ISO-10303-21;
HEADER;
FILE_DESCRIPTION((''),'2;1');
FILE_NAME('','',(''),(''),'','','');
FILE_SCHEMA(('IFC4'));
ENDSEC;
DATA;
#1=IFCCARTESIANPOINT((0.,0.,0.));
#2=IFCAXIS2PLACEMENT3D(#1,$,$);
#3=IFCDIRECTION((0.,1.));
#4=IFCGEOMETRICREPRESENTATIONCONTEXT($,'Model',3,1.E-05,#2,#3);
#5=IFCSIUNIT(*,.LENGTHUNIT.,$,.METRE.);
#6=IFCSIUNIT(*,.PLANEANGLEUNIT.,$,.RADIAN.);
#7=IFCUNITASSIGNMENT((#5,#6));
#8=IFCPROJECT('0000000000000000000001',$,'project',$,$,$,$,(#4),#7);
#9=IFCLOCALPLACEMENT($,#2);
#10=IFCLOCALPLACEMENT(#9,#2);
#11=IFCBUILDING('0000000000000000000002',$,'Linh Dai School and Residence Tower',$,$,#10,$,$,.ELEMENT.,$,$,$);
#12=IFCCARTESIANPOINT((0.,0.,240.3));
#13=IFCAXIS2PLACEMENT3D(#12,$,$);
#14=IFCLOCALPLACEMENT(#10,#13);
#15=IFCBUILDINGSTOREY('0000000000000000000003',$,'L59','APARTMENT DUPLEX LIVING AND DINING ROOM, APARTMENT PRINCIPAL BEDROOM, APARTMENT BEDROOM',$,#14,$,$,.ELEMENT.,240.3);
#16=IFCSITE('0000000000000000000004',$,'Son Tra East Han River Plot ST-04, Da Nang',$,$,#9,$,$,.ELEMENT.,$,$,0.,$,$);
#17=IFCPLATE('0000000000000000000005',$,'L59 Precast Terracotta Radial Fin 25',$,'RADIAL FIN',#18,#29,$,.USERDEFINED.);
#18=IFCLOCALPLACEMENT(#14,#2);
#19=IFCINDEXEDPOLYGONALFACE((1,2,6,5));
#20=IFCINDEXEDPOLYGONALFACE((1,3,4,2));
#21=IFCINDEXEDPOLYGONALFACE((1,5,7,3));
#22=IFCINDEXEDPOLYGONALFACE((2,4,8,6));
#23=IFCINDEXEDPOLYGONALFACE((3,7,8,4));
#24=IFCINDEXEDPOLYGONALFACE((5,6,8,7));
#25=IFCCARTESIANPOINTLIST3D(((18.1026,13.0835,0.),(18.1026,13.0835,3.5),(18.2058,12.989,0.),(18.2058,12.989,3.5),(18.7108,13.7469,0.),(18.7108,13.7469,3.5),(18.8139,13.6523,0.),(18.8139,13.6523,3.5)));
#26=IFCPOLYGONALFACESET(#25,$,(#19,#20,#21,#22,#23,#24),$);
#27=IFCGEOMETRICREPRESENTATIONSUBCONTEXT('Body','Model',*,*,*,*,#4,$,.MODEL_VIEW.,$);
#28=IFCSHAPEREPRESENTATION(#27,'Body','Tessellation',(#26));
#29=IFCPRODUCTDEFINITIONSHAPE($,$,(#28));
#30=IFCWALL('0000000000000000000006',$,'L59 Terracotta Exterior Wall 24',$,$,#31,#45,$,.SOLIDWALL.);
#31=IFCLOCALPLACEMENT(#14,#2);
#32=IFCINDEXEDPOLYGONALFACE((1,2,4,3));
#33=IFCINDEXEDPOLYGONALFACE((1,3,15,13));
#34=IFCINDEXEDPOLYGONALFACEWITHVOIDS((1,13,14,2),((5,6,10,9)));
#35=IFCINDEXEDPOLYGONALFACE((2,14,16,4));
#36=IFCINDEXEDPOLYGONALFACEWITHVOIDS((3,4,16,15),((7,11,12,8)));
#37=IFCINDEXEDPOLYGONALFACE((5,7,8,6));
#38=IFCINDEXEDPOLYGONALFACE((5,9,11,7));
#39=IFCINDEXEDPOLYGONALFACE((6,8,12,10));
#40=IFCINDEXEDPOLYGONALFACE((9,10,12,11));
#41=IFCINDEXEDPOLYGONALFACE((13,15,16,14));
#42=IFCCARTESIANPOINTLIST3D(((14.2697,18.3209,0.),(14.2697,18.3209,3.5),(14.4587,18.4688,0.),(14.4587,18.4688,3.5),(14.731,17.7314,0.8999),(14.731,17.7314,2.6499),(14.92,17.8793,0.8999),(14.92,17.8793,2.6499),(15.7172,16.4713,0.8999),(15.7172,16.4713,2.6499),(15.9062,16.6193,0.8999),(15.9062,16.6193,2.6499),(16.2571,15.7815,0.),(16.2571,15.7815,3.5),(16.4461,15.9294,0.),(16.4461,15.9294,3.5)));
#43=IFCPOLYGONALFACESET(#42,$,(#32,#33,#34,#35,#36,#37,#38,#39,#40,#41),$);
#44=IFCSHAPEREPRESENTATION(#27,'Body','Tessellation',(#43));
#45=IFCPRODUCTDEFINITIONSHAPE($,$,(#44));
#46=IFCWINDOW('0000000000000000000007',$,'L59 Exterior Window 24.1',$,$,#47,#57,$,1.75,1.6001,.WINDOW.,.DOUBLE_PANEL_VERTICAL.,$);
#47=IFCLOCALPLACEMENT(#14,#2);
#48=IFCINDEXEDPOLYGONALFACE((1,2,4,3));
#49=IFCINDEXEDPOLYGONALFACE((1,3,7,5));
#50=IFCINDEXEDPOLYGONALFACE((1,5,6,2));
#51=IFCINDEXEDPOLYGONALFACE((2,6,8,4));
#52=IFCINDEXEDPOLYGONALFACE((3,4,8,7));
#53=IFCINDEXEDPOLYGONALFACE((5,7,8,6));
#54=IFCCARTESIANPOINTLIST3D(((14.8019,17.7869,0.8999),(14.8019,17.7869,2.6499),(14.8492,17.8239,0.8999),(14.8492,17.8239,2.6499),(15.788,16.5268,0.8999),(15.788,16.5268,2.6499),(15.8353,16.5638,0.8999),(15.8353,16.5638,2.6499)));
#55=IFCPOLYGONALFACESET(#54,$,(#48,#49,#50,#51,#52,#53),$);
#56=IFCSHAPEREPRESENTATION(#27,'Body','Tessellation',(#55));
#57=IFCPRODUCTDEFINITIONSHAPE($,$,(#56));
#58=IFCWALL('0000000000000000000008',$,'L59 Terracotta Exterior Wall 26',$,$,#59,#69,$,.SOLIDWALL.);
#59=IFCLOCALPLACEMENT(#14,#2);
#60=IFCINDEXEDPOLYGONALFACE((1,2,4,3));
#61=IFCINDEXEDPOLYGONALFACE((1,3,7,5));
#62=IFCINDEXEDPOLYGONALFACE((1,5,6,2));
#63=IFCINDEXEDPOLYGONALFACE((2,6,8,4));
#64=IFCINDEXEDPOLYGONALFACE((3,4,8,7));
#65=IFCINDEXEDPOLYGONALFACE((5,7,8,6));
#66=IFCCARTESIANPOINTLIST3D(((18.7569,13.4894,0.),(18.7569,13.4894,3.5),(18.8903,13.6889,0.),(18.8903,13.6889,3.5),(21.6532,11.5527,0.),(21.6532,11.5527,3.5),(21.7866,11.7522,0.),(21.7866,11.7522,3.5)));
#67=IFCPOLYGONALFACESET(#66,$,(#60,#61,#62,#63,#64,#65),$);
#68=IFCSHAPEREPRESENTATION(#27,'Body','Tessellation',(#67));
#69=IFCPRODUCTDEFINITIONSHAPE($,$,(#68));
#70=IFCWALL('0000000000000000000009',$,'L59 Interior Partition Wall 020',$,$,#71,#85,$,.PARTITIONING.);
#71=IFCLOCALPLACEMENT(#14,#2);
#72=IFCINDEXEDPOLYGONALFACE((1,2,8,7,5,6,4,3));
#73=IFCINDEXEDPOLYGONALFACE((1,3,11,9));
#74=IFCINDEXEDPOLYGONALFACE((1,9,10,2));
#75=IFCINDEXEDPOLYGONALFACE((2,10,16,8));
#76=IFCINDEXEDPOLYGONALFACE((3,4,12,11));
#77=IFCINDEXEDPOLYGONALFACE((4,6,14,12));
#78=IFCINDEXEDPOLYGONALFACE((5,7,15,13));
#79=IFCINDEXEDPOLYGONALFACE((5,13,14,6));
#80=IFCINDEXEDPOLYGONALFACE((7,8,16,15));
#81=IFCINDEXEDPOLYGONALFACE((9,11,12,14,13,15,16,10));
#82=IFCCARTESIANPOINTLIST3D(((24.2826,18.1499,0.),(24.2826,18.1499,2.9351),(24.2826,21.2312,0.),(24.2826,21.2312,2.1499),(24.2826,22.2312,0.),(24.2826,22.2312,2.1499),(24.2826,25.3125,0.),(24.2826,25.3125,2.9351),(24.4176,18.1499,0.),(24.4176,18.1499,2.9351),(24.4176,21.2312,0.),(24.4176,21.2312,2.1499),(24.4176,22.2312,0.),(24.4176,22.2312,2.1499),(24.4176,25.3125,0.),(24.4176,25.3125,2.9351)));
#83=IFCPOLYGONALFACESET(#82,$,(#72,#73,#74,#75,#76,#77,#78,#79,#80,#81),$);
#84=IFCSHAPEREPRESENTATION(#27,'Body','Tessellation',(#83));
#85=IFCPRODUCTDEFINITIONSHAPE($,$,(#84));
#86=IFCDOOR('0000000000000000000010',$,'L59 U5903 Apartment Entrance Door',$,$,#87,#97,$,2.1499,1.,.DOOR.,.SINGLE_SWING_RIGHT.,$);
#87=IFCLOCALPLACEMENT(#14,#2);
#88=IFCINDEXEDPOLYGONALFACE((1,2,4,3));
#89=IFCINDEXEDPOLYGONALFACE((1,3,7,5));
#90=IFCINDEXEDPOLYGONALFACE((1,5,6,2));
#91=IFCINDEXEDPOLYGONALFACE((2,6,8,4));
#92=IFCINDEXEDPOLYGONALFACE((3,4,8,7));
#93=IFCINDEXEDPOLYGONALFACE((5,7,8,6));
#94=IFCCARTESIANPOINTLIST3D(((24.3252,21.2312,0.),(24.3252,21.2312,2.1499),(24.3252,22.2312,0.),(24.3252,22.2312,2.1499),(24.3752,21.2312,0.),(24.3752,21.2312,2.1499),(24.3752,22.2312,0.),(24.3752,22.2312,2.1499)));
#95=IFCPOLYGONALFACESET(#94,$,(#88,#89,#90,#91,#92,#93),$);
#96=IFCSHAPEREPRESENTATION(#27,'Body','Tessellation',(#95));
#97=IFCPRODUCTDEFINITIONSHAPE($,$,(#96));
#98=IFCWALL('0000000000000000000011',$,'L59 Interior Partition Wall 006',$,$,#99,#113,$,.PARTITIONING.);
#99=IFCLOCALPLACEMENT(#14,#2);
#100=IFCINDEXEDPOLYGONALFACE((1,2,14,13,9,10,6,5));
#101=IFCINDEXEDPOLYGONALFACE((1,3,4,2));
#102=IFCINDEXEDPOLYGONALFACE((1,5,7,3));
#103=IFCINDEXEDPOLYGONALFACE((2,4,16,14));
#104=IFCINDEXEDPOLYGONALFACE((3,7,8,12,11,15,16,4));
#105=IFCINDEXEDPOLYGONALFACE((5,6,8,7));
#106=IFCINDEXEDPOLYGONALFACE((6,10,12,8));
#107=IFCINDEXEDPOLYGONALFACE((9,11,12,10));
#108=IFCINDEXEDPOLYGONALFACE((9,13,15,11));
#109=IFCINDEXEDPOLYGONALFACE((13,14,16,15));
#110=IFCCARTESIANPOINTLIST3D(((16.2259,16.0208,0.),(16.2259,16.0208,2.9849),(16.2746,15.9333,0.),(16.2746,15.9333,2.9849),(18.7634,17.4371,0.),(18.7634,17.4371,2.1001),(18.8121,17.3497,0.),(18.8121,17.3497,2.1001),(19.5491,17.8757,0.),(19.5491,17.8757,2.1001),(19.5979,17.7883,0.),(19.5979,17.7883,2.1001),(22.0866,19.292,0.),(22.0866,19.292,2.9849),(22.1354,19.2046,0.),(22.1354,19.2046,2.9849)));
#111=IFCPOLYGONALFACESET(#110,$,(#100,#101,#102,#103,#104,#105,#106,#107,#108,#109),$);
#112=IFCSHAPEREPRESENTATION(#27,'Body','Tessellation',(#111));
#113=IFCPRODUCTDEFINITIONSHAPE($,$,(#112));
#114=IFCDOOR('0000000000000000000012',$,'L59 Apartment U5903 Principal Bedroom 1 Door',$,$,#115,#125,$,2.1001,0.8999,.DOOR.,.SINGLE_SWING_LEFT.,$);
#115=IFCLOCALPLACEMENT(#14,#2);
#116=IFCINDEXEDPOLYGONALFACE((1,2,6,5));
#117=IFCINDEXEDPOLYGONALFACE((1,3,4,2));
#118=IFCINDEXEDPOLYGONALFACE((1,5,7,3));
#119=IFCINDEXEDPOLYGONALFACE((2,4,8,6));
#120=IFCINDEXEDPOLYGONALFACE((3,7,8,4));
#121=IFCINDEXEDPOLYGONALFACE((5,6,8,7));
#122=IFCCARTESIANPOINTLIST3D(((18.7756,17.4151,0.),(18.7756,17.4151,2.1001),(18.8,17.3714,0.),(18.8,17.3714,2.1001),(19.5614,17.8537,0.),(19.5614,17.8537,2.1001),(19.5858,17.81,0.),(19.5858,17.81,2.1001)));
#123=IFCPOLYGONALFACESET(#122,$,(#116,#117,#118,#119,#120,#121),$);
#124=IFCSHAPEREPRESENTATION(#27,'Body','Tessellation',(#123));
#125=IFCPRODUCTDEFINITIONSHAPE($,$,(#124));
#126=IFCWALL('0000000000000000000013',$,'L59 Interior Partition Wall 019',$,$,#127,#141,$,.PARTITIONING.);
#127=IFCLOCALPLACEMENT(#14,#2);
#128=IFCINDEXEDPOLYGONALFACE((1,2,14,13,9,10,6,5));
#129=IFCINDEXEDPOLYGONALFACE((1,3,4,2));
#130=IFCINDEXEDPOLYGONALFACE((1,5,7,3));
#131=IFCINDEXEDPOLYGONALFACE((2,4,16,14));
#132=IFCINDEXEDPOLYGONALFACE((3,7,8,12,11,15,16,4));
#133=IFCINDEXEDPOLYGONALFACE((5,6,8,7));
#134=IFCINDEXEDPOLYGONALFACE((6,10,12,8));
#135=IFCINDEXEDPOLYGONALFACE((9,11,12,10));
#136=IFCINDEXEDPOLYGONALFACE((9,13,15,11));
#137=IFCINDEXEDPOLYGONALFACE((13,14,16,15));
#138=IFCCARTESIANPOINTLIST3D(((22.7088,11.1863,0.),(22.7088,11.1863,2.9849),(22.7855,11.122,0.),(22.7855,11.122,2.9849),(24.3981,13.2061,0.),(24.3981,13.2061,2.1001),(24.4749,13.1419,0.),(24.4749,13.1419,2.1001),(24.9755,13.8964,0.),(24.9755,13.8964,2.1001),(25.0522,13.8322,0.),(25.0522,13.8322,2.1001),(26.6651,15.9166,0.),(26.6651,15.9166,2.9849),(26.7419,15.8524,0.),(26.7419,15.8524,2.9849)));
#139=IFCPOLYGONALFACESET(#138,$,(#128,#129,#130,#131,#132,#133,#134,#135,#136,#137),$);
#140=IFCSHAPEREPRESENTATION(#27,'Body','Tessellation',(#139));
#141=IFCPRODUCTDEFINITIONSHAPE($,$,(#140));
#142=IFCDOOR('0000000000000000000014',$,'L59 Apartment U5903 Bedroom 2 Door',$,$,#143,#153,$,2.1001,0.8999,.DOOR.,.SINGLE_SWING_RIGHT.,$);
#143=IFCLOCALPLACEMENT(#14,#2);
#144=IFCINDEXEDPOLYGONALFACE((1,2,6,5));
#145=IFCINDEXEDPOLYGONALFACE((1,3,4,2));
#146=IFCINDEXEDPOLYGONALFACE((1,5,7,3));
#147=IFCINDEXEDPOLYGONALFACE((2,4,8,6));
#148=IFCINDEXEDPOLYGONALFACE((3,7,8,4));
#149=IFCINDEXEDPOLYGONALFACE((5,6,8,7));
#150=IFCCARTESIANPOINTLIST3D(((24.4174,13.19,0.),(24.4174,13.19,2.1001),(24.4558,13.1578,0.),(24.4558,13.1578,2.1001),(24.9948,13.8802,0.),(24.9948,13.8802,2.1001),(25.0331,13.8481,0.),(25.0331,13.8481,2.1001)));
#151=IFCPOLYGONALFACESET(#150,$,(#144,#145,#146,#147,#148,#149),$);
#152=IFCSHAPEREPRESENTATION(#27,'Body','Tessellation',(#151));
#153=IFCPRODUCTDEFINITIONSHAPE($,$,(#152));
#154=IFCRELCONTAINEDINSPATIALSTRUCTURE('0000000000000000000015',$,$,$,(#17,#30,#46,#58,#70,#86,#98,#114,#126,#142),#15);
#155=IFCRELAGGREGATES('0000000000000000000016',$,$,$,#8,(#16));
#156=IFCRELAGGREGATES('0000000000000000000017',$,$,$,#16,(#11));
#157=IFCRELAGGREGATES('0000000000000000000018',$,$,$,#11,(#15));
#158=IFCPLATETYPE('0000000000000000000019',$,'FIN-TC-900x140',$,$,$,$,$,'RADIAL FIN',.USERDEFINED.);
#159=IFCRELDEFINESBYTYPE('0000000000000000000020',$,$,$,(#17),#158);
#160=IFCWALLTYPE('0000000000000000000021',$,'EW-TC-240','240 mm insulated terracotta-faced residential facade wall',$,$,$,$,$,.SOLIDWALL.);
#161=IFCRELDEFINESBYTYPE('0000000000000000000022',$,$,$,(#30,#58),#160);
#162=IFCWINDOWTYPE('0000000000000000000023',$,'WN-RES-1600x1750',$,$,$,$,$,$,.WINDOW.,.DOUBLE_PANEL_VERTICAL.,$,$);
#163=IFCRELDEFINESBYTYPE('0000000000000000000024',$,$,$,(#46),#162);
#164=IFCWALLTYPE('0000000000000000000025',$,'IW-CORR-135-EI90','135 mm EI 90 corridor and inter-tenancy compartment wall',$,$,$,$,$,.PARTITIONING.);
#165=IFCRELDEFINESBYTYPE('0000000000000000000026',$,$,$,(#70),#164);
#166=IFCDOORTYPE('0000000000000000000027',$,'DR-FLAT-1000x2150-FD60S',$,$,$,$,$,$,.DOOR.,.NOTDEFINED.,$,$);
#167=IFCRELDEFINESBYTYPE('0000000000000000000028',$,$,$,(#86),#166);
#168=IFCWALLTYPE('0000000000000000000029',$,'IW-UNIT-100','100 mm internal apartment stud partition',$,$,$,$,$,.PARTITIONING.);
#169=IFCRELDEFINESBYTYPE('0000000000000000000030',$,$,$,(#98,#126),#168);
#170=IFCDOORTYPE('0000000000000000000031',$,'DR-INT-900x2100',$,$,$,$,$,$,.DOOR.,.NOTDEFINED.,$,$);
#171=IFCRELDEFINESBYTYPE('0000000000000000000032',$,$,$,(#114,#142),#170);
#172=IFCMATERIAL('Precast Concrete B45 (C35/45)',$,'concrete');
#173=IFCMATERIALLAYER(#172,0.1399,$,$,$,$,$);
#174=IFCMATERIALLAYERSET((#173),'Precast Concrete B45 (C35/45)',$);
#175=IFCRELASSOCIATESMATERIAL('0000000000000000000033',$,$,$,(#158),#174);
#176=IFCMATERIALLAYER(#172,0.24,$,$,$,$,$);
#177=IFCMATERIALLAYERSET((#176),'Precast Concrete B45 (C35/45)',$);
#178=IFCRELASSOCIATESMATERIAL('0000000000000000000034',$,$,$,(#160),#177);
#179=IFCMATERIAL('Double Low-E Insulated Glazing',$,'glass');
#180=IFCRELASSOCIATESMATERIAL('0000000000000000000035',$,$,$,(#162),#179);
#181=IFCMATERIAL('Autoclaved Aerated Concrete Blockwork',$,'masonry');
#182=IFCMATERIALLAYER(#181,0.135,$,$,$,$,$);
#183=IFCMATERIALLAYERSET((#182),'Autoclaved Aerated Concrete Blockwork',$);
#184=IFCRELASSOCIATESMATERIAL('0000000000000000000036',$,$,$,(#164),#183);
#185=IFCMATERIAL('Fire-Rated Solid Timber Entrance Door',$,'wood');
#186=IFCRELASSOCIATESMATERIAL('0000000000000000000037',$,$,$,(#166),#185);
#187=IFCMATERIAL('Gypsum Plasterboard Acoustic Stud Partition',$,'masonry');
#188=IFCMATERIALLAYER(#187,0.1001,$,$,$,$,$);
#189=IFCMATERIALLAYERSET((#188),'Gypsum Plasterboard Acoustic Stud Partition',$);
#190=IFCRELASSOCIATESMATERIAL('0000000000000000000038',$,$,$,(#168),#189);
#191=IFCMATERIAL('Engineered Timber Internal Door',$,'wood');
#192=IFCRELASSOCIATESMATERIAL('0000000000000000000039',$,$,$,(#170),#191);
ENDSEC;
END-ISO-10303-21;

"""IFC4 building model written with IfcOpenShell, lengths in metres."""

from ifc_helpers import new_model, si_unit, direction, frame, frame_2d, origin, origin_2d, place, context, subcontext, project, spatial, rectangle, extrude, source, transform, mapped, material, layer, layer_set, type_object, element, fill, save


model = new_model("IFC4")

# Units and contexts
model_context = context("Model", 3, precision=1e-05, world=origin(), true_north=direction((0.0, 1.0)))
body_context = subcontext(model_context, "Body", "Model", "MODEL_VIEW")
ifc_project = project(units=[si_unit("LENGTHUNIT", "METRE"), si_unit("PLANEANGLEUNIT", "RADIAN")], contexts=[model_context])

# Site, building, storey
site_placement = place(None, origin())
site = spatial("IfcSite", under=ifc_project, at=site_placement, Name="Son Tra East Han River Plot ST-04, Da Nang", CompositionType="ELEMENT", RefElevation=0.0)
building_placement = place(site_placement, origin())
building = spatial("IfcBuilding", under=site, at=building_placement, Name="Linh Dai School and Residence Tower", CompositionType="ELEMENT")
storey_placement = place(building_placement, frame((0.0, 0.0, 240.3)))
storey = spatial("IfcBuildingStorey", under=building, at=storey_placement, Name="L59", Description="APARTMENT DUPLEX LIVING AND DINING ROOM, APARTMENT PRINCIPAL BEDROOM, APARTMENT BEDROOM", CompositionType="ELEMENT", Elevation=240.3)

# Plate
ifc_material_1 = material(Name="Precast Concrete B45 (C35/45)", Category="concrete")
ifc_layer_1 = layer(ifc_material_1, 0.1399)
ifc_layer_set_1 = layer_set([ifc_layer_1], Name="Precast Concrete B45 (C35/45)")
plate_type = type_object("IfcPlateType", Name="FIN-TC-900x140", ElementType="RADIAL FIN", PredefinedType="USERDEFINED", material=ifc_layer_set_1)
shared_shape_1 = source(origin(), body_context, "Body", "SweptSolid", [
    extrude(rectangle(XDim=0.8999, YDim=0.1399, at=origin_2d()), origin(), (0.0, 0.0, 1.0), 3.5),
])
plate_placement = place(storey_placement, frame((18.4583, 13.3679, 0.0), z_axis=(0.0, 0.0, 1.0), x_axis=(-0.675756, -0.737125, 0.0)))
element("IfcPlate", 1, at=plate_placement, inside=storey, type_object=plate_type, Name="L59 Precast Terracotta Radial Fin 25", ObjectType="RADIAL FIN", PredefinedType="USERDEFINED", context=body_context, shape_type="MappedRepresentation", body=[
    mapped(shared_shape_1, transform((0.0, 0.0, 0.0), x_axis=(1.0, 0.0, 0.0), y_axis=(0.0, 1.0, 0.0), z_axis=(0.0, 0.0, 1.0), scale=1.0)),
])

# Wall, opening, window
ifc_layer_2 = layer(ifc_material_1, 0.24)
ifc_layer_set_2 = layer_set([ifc_layer_2], Name="Precast Concrete B45 (C35/45)")
wall_type_1 = type_object("IfcWallType", Name="EW-TC-240", Description="240 mm insulated terracotta-faced residential facade wall", PredefinedType="SOLIDWALL", material=ifc_layer_set_2)
wall_1_placement = place(storey_placement, frame((16.3516, 15.8555, 0.0), z_axis=(0.0, 0.0, 1.0), x_axis=(-0.616312, 0.787502, 0.0)))
wall_1 = element("IfcWall", 2, at=wall_1_placement, inside=storey, type_object=wall_type_1, Name="L59 Terracotta Exterior Wall 24", PredefinedType="SOLIDWALL", context=body_context, shape_type="SweptSolid", body=[
    extrude(rectangle(XDim=3.2246, YDim=0.24, at=frame_2d((1.6123, 0.0))), origin(), (0.0, 0.0, 1.0), 3.5),
])
opening_1_placement = place(wall_1_placement, frame((0.876, 0.0, 0.8999)))
opening_1 = element("IfcOpeningElement", 3, at=opening_1_placement, cuts=wall_1, PredefinedType="OPENING", context=body_context, shape_type="SweptSolid", body=[
    extrude(rectangle(XDim=1.6001, YDim=1.75, at=origin_2d()), frame((0.8, 0.1299, 0.875), z_axis=(0.0, -1.0, 0.0), x_axis=(1.0, 0.0, 0.0)), (0.0, 0.0, 1.0), 0.26),
])
ifc_material_2 = material(Name="Double Low-E Insulated Glazing", Category="glass")
window_type = type_object("IfcWindowType", Name="WN-RES-1600x1750", PartitioningType="DOUBLE_PANEL_VERTICAL", PredefinedType="WINDOW", material=ifc_material_2)
shared_shape_2 = source(origin(), body_context, "Body", "SweptSolid", [
    extrude(rectangle(XDim=1.6001, YDim=1.75, at=origin_2d()), frame((0.8, 0.03, 0.875), z_axis=(0.0, -1.0, 0.0), x_axis=(1.0, 0.0, 0.0)), (0.0, 0.0, 1.0), 0.0601),
])
window_placement = place(opening_1_placement, origin())
window = element("IfcWindow", 4, at=window_placement, inside=storey, type_object=window_type, Name="L59 Exterior Window 24.1", OverallHeight=1.75, OverallWidth=1.6001, PartitioningType="DOUBLE_PANEL_VERTICAL", PredefinedType="WINDOW", context=body_context, shape_type="MappedRepresentation", body=[
    mapped(shared_shape_2, transform((0.0, 0.0, 0.0), x_axis=(1.0, 0.0, 0.0), y_axis=(0.0, 1.0, 0.0), z_axis=(0.0, 0.0, 1.0), scale=1.0)),
])
fill(opening_1, window)

# Wall
wall_2_placement = place(storey_placement, frame((21.72, 11.6523, 0.0), z_axis=(0.0, 0.0, 1.0), x_axis=(-0.831262, 0.55588, 0.0)))
element("IfcWall", 5, at=wall_2_placement, inside=storey, type_object=wall_type_1, Name="L59 Terracotta Exterior Wall 26", PredefinedType="SOLIDWALL", context=body_context, shape_type="SweptSolid", body=[
    extrude(rectangle(XDim=3.4841, YDim=0.24, at=frame_2d((1.7422, 0.0))), origin(), (0.0, 0.0, 1.0), 3.5),
])

# Walls, openings, doors
ifc_material_3 = material(Name="Autoclaved Aerated Concrete Blockwork", Category="masonry")
ifc_layer_3 = layer(ifc_material_3, 0.135)
ifc_layer_set_3 = layer_set([ifc_layer_3], Name="Autoclaved Aerated Concrete Blockwork")
wall_type_2 = type_object("IfcWallType", Name="IW-CORR-135-EI90", Description="135 mm EI 90 corridor and inter-tenancy compartment wall", PredefinedType="PARTITIONING", material=ifc_layer_set_3)
wall_3_placement = place(storey_placement, frame((24.3501, 18.1499, 0.0), z_axis=(0.0, 0.0, 1.0), x_axis=(0.0, 1.0, 0.0)))
wall_3 = element("IfcWall", 6, at=wall_3_placement, inside=storey, type_object=wall_type_2, Name="L59 Interior Partition Wall 020", PredefinedType="PARTITIONING", context=body_context, shape_type="SweptSolid", body=[
    extrude(rectangle(XDim=7.1626, YDim=0.135, at=frame_2d((3.5813, 0.0))), origin(), (0.0, 0.0, 1.0), 2.9351),
])
opening_2_placement = place(wall_3_placement, frame((3.0813, 0.0, 0.0)))
opening_2 = element("IfcOpeningElement", 7, at=opening_2_placement, cuts=wall_3, PredefinedType="OPENING", context=body_context, shape_type="SweptSolid", body=[
    extrude(rectangle(XDim=1.0, YDim=2.1499, at=origin_2d()), frame((0.5, 0.0776, 1.075), z_axis=(0.0, -1.0, 0.0), x_axis=(1.0, 0.0, 0.0)), (0.0, 0.0, 1.0), 0.155),
])
ifc_material_4 = material(Name="Fire-Rated Solid Timber Entrance Door", Category="wood")
door_type_1 = type_object("IfcDoorType", Name="DR-FLAT-1000x2150-FD60S", OperationType="NOTDEFINED", PredefinedType="DOOR", material=ifc_material_4)
shared_shape_3 = source(origin(), body_context, "Body", "SweptSolid", [
    extrude(rectangle(XDim=1.0, YDim=2.1499, at=origin_2d()), frame((0.5, 0.0249, 1.075), z_axis=(0.0, -1.0, 0.0), x_axis=(1.0, 0.0, 0.0)), (0.0, 0.0, 1.0), 0.05),
])
door_1_placement = place(opening_2_placement, origin())
door_1 = element("IfcDoor", 8, at=door_1_placement, inside=storey, type_object=door_type_1, Name="L59 U5903 Apartment Entrance Door", OperationType="SINGLE_SWING_RIGHT", OverallHeight=2.1499, OverallWidth=1.0, PredefinedType="DOOR", context=body_context, shape_type="MappedRepresentation", body=[
    mapped(shared_shape_3, transform((0.0, 0.0, 0.0), x_axis=(1.0, 0.0, 0.0), y_axis=(0.0, 1.0, 0.0), z_axis=(0.0, 0.0, 1.0), scale=1.0)),
])
fill(opening_2, door_1)
ifc_material_5 = material(Name="Gypsum Plasterboard Acoustic Stud Partition", Category="masonry")
ifc_layer_4 = layer(ifc_material_5, 0.1001)
ifc_layer_set_4 = layer_set([ifc_layer_4], Name="Gypsum Plasterboard Acoustic Stud Partition")
wall_type_3 = type_object("IfcWallType", Name="IW-UNIT-100", Description="100 mm internal apartment stud partition", PredefinedType="PARTITIONING", material=ifc_layer_set_4)
wall_4_placement = place(storey_placement, frame((16.2502, 15.9771, 0.0), z_axis=(0.0, 0.0, 1.0), x_axis=(0.873193, 0.487375, 0.0)))
wall_4 = element("IfcWall", 9, at=wall_4_placement, inside=storey, type_object=wall_type_3, Name="L59 Interior Partition Wall 006", PredefinedType="PARTITIONING", context=body_context, shape_type="SweptSolid", body=[
    extrude(rectangle(XDim=6.7119, YDim=0.1001, at=frame_2d((3.356, 0.0))), origin(), (0.0, 0.0, 1.0), 2.9849),
])
opening_3_placement = place(wall_4_placement, frame((2.906, 0.0, 0.0)))
opening_3 = element("IfcOpeningElement", 10, at=opening_3_placement, cuts=wall_4, PredefinedType="OPENING", context=body_context, shape_type="SweptSolid", body=[
    extrude(rectangle(XDim=0.8999, YDim=2.1001, at=origin_2d()), frame((0.45, 0.0601, 1.05), z_axis=(0.0, -1.0, 0.0), x_axis=(1.0, 0.0, 0.0)), (0.0, 0.0, 1.0), 0.1201),
])
ifc_material_6 = material(Name="Engineered Timber Internal Door", Category="wood")
door_type_2 = type_object("IfcDoorType", Name="DR-INT-900x2100", OperationType="NOTDEFINED", PredefinedType="DOOR", material=ifc_material_6)
shared_shape_4 = source(origin(), body_context, "Body", "SweptSolid", [
    extrude(rectangle(XDim=0.8999, YDim=2.1001, at=origin_2d()), frame((0.45, 0.0249, 1.05), z_axis=(0.0, -1.0, 0.0), x_axis=(1.0, 0.0, 0.0)), (0.0, 0.0, 1.0), 0.05),
])
door_2_placement = place(opening_3_placement, origin())
door_2 = element("IfcDoor", 11, at=door_2_placement, inside=storey, type_object=door_type_2, Name="L59 Apartment U5903 Principal Bedroom 1 Door", OperationType="SINGLE_SWING_LEFT", OverallHeight=2.1001, OverallWidth=0.8999, PredefinedType="DOOR", context=body_context, shape_type="MappedRepresentation", body=[
    mapped(shared_shape_4, transform((0.0, 0.0, 0.0), x_axis=(1.0, 0.0, 0.0), y_axis=(0.0, 1.0, 0.0), z_axis=(0.0, 0.0, 1.0), scale=1.0)),
])
fill(opening_3, door_2)
wall_5_placement = place(storey_placement, frame((22.7471, 11.1541, 0.0), z_axis=(0.0, 0.0, 1.0), x_axis=(0.641566, 0.767068, 0.0)))
wall_5 = element("IfcWall", 12, at=wall_5_placement, inside=storey, type_object=wall_type_3, Name="L59 Interior Partition Wall 019", PredefinedType="PARTITIONING", context=body_context, shape_type="SweptSolid", body=[
    extrude(rectangle(XDim=6.1667, YDim=0.1001, at=frame_2d((3.0835, 0.0))), origin(), (0.0, 0.0, 1.0), 2.9849),
])
opening_4_placement = place(wall_5_placement, frame((2.6333, 0.0, 0.0)))
opening_4 = element("IfcOpeningElement", 13, at=opening_4_placement, cuts=wall_5, PredefinedType="OPENING", context=body_context, shape_type="SweptSolid", body=[
    extrude(rectangle(XDim=0.8999, YDim=2.1001, at=origin_2d()), frame((0.45, 0.0601, 1.05), z_axis=(0.0, -1.0, 0.0), x_axis=(1.0, 0.0, 0.0)), (0.0, 0.0, 1.0), 0.1201),
])
door_3_placement = place(opening_4_placement, origin())
door_3 = element("IfcDoor", 14, at=door_3_placement, inside=storey, type_object=door_type_2, Name="L59 Apartment U5903 Bedroom 2 Door", OperationType="SINGLE_SWING_RIGHT", OverallHeight=2.1001, OverallWidth=0.8999, PredefinedType="DOOR", context=body_context, shape_type="MappedRepresentation", body=[
    mapped(shared_shape_4, transform((0.0, 0.0, 0.0), x_axis=(1.0, 0.0, 0.0), y_axis=(0.0, 1.0, 0.0), z_axis=(0.0, 0.0, 1.0), scale=1.0)),
])
fill(opening_4, door_3)

save(model, "model.ifc")
